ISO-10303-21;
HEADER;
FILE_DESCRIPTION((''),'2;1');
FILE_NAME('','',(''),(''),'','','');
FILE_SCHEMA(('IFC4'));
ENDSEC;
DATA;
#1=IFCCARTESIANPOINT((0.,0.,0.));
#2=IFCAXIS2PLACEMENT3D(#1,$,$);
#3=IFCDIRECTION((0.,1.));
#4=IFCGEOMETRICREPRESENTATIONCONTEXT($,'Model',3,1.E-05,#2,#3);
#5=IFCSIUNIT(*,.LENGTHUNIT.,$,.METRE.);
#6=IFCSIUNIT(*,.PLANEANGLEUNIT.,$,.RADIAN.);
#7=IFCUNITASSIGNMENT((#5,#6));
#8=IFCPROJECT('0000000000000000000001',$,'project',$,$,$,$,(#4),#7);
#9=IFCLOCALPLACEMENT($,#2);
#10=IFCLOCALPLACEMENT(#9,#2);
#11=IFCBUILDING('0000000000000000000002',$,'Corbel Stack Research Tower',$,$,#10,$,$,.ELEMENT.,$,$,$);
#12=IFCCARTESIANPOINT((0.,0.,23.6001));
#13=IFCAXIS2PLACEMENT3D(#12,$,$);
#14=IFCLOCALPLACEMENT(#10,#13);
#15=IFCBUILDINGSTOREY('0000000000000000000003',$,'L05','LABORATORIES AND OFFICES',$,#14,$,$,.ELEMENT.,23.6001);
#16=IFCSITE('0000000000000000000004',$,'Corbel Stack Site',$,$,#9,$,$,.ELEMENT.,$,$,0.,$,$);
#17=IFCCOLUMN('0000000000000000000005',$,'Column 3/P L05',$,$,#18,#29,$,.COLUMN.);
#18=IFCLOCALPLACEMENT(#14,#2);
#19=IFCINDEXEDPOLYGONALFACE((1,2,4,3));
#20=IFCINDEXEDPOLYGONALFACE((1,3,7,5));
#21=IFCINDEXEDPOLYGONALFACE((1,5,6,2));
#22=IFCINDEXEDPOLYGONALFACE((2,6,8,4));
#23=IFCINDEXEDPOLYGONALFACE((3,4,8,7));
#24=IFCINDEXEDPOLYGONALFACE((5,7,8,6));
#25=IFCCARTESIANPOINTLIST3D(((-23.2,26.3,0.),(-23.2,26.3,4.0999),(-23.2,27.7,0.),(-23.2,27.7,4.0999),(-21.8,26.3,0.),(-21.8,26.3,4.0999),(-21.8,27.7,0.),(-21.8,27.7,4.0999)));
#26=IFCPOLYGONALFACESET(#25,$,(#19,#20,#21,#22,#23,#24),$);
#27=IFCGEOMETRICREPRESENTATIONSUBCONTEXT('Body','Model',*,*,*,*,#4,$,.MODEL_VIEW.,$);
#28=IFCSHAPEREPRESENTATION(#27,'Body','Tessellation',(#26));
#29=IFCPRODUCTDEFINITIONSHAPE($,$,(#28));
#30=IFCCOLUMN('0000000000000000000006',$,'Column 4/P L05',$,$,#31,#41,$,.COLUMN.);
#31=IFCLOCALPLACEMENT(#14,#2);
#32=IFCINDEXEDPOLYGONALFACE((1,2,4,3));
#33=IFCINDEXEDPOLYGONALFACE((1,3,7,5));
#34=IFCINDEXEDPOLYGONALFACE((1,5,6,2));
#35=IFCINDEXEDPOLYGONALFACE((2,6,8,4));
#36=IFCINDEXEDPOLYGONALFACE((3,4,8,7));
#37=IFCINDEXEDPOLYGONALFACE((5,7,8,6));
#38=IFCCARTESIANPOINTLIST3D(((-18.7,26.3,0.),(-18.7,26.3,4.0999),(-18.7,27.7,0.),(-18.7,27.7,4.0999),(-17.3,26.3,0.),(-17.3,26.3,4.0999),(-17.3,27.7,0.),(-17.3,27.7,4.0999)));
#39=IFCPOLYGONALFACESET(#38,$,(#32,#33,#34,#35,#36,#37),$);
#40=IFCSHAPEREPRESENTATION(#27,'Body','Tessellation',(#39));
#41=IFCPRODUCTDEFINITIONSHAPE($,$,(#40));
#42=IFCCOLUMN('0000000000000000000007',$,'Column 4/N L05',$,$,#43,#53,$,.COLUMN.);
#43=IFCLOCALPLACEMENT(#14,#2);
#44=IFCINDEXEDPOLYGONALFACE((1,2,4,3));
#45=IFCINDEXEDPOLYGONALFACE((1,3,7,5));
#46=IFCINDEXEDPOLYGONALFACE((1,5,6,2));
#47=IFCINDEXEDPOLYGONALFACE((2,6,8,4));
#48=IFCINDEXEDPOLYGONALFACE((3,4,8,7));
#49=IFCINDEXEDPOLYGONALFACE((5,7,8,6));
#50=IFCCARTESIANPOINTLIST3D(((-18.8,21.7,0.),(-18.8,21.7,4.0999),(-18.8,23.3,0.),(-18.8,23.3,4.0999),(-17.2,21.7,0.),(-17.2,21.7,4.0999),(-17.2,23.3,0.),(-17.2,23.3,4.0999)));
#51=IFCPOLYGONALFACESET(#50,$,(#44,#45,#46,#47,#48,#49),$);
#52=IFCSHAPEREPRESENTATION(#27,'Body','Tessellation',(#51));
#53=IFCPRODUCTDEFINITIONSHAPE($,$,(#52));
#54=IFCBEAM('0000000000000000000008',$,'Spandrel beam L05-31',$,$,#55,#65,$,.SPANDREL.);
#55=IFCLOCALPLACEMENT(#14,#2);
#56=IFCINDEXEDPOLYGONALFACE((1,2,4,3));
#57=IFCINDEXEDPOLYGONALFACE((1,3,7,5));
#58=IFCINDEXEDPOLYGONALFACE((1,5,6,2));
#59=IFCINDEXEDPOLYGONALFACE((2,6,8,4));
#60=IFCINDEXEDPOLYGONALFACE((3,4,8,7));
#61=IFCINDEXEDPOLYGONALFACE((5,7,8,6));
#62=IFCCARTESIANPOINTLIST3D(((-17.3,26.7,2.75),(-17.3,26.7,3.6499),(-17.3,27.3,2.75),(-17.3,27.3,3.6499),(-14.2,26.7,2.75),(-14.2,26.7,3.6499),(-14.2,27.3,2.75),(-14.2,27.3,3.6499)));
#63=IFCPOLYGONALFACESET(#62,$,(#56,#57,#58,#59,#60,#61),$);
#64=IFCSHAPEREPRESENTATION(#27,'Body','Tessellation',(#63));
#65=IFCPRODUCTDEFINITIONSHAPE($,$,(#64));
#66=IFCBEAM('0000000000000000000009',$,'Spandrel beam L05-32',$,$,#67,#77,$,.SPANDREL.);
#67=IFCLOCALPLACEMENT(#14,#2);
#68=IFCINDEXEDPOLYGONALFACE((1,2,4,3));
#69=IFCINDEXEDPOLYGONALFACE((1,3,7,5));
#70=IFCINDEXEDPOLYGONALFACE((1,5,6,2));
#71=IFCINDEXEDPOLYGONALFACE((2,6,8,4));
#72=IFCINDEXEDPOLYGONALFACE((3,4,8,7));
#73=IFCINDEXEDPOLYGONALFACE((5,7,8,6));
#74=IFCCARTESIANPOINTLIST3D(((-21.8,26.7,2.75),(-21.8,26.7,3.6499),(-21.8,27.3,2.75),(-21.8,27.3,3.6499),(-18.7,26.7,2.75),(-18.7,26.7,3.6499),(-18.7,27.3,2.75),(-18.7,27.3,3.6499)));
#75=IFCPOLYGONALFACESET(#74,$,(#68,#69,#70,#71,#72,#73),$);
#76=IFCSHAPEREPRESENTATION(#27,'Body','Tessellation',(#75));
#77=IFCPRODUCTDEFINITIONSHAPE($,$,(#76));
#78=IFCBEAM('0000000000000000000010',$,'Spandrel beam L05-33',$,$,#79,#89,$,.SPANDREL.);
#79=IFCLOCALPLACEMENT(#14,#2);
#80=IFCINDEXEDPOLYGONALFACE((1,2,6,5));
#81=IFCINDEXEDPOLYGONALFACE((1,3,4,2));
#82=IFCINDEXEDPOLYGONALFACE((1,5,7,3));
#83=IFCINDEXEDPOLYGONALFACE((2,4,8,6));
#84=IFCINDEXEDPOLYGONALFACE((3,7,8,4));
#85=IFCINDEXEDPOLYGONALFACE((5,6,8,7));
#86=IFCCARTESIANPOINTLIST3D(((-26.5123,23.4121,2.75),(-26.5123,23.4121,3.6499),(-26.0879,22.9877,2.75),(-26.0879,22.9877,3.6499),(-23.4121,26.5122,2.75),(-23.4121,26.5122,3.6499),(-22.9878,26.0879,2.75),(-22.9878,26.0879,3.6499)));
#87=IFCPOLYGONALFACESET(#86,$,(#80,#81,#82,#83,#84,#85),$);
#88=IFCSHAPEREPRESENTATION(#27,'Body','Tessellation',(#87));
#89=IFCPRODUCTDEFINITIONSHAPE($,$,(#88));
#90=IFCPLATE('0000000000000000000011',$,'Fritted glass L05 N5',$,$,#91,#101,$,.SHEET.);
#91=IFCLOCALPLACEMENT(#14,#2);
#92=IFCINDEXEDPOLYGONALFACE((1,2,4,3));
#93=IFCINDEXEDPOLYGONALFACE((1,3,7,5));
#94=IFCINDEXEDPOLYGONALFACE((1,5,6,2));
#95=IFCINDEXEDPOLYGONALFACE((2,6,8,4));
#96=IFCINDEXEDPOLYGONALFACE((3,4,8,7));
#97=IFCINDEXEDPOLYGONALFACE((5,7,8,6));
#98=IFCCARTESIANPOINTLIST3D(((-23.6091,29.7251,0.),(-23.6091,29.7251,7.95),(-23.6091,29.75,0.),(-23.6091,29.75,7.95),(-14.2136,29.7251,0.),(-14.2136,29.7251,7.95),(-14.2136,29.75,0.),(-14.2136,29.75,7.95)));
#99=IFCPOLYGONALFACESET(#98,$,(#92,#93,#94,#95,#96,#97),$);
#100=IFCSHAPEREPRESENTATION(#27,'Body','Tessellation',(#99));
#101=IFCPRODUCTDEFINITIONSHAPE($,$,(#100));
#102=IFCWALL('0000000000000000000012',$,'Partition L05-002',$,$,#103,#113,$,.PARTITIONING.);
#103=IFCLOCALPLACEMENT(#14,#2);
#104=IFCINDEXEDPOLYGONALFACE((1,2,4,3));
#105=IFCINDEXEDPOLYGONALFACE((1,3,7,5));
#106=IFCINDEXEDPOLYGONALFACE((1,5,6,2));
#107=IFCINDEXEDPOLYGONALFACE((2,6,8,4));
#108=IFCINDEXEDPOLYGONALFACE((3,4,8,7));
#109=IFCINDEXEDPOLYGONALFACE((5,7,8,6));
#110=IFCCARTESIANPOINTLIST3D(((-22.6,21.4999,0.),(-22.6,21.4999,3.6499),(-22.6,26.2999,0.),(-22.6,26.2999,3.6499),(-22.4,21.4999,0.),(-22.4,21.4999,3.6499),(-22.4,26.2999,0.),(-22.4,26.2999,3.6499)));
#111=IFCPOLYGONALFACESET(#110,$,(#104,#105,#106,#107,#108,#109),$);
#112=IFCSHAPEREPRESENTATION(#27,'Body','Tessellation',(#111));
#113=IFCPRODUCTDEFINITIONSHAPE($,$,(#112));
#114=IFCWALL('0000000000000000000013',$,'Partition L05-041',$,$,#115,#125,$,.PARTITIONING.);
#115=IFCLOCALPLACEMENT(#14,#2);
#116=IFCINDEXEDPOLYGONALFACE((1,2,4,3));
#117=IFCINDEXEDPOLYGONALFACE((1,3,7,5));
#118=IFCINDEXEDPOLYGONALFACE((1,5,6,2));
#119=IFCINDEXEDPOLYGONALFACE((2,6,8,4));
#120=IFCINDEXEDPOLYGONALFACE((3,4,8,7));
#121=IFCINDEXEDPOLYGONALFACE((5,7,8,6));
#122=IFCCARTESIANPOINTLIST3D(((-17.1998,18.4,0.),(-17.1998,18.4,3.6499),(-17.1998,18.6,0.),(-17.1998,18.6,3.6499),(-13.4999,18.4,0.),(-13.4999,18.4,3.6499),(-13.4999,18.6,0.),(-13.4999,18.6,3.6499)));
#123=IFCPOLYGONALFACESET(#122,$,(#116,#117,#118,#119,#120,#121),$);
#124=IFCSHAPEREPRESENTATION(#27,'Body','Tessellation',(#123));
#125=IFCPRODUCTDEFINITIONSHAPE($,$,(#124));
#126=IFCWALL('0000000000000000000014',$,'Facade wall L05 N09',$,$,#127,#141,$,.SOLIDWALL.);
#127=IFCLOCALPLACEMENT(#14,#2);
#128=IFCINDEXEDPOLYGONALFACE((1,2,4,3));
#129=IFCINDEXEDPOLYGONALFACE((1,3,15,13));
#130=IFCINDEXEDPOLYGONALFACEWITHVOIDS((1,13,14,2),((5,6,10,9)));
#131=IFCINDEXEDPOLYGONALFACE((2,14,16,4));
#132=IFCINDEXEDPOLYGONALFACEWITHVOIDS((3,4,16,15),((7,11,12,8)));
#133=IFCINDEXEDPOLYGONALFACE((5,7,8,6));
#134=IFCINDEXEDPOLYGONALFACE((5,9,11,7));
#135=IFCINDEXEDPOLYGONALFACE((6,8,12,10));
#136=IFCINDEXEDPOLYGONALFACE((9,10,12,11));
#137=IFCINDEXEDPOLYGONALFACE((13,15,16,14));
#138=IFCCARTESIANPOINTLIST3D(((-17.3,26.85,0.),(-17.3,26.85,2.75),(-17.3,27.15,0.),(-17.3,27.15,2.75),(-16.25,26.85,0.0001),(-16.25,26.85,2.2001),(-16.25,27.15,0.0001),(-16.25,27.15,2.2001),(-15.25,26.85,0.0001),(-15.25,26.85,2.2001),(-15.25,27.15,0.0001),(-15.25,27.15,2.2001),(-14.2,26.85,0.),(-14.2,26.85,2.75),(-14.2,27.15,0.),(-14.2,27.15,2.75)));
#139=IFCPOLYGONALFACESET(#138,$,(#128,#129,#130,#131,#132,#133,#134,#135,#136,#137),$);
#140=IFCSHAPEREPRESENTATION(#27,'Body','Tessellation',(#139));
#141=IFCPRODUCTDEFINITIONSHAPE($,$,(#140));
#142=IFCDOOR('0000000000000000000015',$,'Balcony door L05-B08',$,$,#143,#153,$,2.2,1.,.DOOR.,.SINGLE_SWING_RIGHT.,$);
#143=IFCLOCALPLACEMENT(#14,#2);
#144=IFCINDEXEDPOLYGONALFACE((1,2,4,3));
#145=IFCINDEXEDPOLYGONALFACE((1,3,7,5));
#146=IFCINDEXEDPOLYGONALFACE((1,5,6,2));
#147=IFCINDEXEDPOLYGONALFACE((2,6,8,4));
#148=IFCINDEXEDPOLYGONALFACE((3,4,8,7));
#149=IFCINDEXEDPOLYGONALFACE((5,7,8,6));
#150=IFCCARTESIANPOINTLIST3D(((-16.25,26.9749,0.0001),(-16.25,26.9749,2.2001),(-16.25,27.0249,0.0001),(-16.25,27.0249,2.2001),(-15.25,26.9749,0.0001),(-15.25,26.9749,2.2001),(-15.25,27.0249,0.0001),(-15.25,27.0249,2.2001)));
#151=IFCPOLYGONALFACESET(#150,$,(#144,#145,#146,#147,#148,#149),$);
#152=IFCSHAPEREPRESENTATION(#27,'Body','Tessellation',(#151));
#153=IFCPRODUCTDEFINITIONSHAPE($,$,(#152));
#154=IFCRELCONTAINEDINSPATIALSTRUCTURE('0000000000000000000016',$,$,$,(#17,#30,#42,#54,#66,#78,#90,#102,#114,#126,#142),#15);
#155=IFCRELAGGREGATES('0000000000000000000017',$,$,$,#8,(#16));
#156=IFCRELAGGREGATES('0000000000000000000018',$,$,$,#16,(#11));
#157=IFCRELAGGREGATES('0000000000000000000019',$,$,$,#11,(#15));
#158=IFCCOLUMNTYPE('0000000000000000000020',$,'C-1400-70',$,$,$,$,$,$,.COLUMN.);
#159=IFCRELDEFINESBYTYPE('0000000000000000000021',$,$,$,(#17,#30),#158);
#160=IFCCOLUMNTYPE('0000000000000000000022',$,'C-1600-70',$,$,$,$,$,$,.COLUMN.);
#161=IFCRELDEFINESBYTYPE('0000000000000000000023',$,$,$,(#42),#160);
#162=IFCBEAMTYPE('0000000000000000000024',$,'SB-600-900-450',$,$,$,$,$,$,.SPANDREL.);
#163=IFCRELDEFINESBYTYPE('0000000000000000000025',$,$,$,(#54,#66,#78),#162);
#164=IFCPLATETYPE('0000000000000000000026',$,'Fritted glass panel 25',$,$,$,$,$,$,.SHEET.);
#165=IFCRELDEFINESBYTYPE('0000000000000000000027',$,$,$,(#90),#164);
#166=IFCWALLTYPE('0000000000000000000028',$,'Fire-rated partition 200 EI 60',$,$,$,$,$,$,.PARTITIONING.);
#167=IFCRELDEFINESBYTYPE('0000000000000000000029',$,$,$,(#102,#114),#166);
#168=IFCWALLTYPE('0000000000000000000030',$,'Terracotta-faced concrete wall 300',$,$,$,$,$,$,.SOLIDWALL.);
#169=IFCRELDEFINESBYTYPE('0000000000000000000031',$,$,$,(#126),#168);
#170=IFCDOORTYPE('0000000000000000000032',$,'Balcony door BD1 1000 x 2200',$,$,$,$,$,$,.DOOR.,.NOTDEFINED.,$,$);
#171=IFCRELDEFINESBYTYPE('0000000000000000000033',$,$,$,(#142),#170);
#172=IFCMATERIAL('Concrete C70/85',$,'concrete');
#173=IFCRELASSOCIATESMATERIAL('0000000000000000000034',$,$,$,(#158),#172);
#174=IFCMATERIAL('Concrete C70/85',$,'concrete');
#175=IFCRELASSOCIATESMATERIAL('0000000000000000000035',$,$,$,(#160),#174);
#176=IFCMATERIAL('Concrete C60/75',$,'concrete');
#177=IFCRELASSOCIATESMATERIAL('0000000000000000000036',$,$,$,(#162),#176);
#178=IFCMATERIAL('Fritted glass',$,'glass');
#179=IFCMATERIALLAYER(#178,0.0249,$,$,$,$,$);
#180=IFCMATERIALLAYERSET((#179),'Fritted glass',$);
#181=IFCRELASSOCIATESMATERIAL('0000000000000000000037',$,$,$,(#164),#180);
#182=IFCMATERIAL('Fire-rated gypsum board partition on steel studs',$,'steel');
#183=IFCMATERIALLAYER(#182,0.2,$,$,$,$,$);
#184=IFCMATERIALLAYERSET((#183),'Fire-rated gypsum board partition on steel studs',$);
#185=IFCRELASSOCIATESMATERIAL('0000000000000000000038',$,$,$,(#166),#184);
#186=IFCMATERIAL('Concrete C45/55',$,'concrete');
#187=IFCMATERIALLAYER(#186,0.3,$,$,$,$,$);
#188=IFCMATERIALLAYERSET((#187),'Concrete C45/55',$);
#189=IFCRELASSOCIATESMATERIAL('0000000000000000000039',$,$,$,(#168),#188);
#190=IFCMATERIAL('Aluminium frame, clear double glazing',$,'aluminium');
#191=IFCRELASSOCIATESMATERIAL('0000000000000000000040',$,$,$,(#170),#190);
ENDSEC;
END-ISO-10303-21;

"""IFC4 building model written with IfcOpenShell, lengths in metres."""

from ifc_helpers import new_model, si_unit, direction, frame, frame_2d, origin, origin_2d, place, context, subcontext, project, spatial, rectangle, extrude, material, layer, layer_set, material_profile, profile_set, type_object, element, fill, save


model = new_model("IFC4")

# Units and contexts
model_context = context("Model", 3, precision=1e-05, world=origin(), true_north=direction((0.0, 1.0)))
body_context = subcontext(model_context, "Body", "Model", "MODEL_VIEW")
ifc_project = project(units=[si_unit("LENGTHUNIT", "METRE"), si_unit("PLANEANGLEUNIT", "RADIAN")], contexts=[model_context])

# Site, building, storey
site_placement = place(None, origin())
site = spatial("IfcSite", under=ifc_project, at=site_placement, Name="Corbel Stack Site", CompositionType="ELEMENT", RefElevation=0.0)
building_placement = place(site_placement, origin())
building = spatial("IfcBuilding", under=site, at=building_placement, Name="Corbel Stack Research Tower", CompositionType="ELEMENT")
storey_placement = place(building_placement, frame((0.0, 0.0, 23.6001)))
storey = spatial("IfcBuildingStorey", under=building, at=storey_placement, Name="L05", Description="LABORATORIES AND OFFICES", CompositionType="ELEMENT", Elevation=23.6001)

# Columns
ifc_material_1 = material(Name="Concrete C70/85", Category="concrete")
ifc_material_profile_1 = material_profile(ifc_material_1, rectangle(XDim=1.3999, YDim=1.3999, at=origin_2d()), Name="RC 1400 x 1400")
ifc_profile_set_1 = profile_set([ifc_material_profile_1], Name="Concrete C70/85")
column_type_1 = type_object("IfcColumnType", Name="C-1400-70", PredefinedType="COLUMN", material=ifc_profile_set_1)
for number, where, z_axis, x_axis, name in (
    (1, (-22.5, 27.0, 0.0), (0.0, 0.0, 1.0), (1.0, 0.0, 0.0), "Column 3/P L05"),
    (2, (-18.0, 27.0, 0.0), (0.0, 0.0, 1.0), (1.0, 0.0, 0.0), "Column 4/P L05"),
):
    element("IfcColumn", number, at=place(storey_placement, frame(where, z_axis=z_axis, x_axis=x_axis)), inside=storey, type_object=column_type_1, Name=name, PredefinedType="COLUMN", context=body_context, shape_type="SweptSolid", body=[
        extrude(rectangle(XDim=1.3999, YDim=1.3999, at=origin_2d()), origin(), (0.0, 0.0, 1.0), 4.0999),
    ])
ifc_material_2 = material(Name="Concrete C70/85", Category="concrete")
ifc_material_profile_2 = material_profile(ifc_material_2, rectangle(XDim=1.6001, YDim=1.6001, at=origin_2d()), Name="RC 1600 x 1600")
ifc_profile_set_2 = profile_set([ifc_material_profile_2], Name="Concrete C70/85")
column_type_2 = type_object("IfcColumnType", Name="C-1600-70", PredefinedType="COLUMN", material=ifc_profile_set_2)
column_placement = place(storey_placement, frame((-18.0, 22.5, 0.0), z_axis=(0.0, 0.0, 1.0), x_axis=(1.0, 0.0, 0.0)))
element("IfcColumn", 3, at=column_placement, inside=storey, type_object=column_type_2, Name="Column 4/N L05", PredefinedType="COLUMN", context=body_context, shape_type="SweptSolid", body=[
    extrude(rectangle(XDim=1.6001, YDim=1.6001, at=origin_2d()), origin(), (0.0, 0.0, 1.0), 4.0999),
])

# Beams
ifc_material_3 = material(Name="Concrete C60/75", Category="concrete")
ifc_material_profile_3 = material_profile(ifc_material_3, rectangle(XDim=0.6001, YDim=0.8999, at=origin_2d()), Name="RC 600 x 900")
ifc_profile_set_3 = profile_set([ifc_material_profile_3], Name="Concrete C60/75")
beam_type = type_object("IfcBeamType", Name="SB-600-900-450", PredefinedType="SPANDREL", material=ifc_profile_set_3)
for number, where, z_axis, x_axis, name in (
    (4, (-14.2, 27.0, 3.2), (-1.0, 0.0, 0.0), (0.0, -1.0, 0.0), "Spandrel beam L05-31"),
    (5, (-18.7, 27.0, 3.2), (-1.0, 0.0, 0.0), (0.0, -1.0, 0.0), "Spandrel beam L05-32"),
):
    element("IfcBeam", number, at=place(storey_placement, frame(where, z_axis=z_axis, x_axis=x_axis)), inside=storey, type_object=beam_type, Name=name, PredefinedType="SPANDREL", context=body_context, shape_type="SweptSolid", body=[
        extrude(rectangle(XDim=0.6001, YDim=0.8999, at=origin_2d()), origin(), (0.0, 0.0, 1.0), 3.1001),
    ])
beam_placement = place(storey_placement, frame((-23.2, 26.3, 3.2), z_axis=(-0.707107, -0.707107, 0.0), x_axis=(0.707107, -0.707107, 0.0)))
element("IfcBeam", 6, at=beam_placement, inside=storey, type_object=beam_type, Name="Spandrel beam L05-33", PredefinedType="SPANDREL", context=body_context, shape_type="SweptSolid", body=[
    extrude(rectangle(XDim=0.6001, YDim=0.8999, at=origin_2d()), origin(), (0.0, 0.0, 1.0), 4.3843),
])

# Plate
ifc_material_4 = material(Name="Fritted glass", Category="glass")
ifc_layer_1 = layer(ifc_material_4, 0.0249)
ifc_layer_set_1 = layer_set([ifc_layer_1], Name="Fritted glass")
plate_type = type_object("IfcPlateType", Name="Fritted glass panel 25", PredefinedType="SHEET", material=ifc_layer_set_1)
plate_placement = place(storey_placement, frame((-18.9114, 29.7375, 0.0), z_axis=(0.0, 0.0, 1.0), x_axis=(-1.0, 0.0, 0.0)))
element("IfcPlate", 7, at=plate_placement, inside=storey, type_object=plate_type, Name="Fritted glass L05 N5", PredefinedType="SHEET", context=body_context, shape_type="SweptSolid", body=[
    extrude(rectangle(XDim=9.3955, YDim=0.0249, at=origin_2d()), origin(), (0.0, 0.0, 1.0), 7.95),
])

# Walls
ifc_material_5 = material(Name="Fire-rated gypsum board partition on steel studs", Category="steel")
ifc_layer_2 = layer(ifc_material_5, 0.2)
ifc_layer_set_2 = layer_set([ifc_layer_2], Name="Fire-rated gypsum board partition on steel studs")
wall_type_1 = type_object("IfcWallType", Name="Fire-rated partition 200 EI 60", PredefinedType="PARTITIONING", material=ifc_layer_set_2)
wall_1_placement = place(storey_placement, frame((-22.5, 21.5, 0.0), z_axis=(0.0, 0.0, 1.0), x_axis=(0.0, 1.0, 0.0)))
element("IfcWall", 8, at=wall_1_placement, inside=storey, type_object=wall_type_1, Name="Partition L05-002", PredefinedType="PARTITIONING", context=body_context, shape_type="SweptSolid", body=[
    extrude(rectangle(XDim=4.8, YDim=0.2, at=frame_2d((2.3999, 0.0))), origin(), (0.0, 0.0, 1.0), 3.6499),
])
wall_2_placement = place(storey_placement, frame((-17.2, 18.5, 0.0), z_axis=(0.0, 0.0, 1.0), x_axis=(1.0, 0.0, 0.0)))
element("IfcWall", 9, at=wall_2_placement, inside=storey, type_object=wall_type_1, Name="Partition L05-041", PredefinedType="PARTITIONING", context=body_context, shape_type="SweptSolid", body=[
    extrude(rectangle(XDim=3.7, YDim=0.2, at=frame_2d((1.8501, 0.0))), origin(), (0.0, 0.0, 1.0), 3.6499),
])

# Wall, opening, door
ifc_material_6 = material(Name="Concrete C45/55", Category="concrete")
ifc_layer_3 = layer(ifc_material_6, 0.3)
ifc_layer_set_3 = layer_set([ifc_layer_3], Name="Concrete C45/55")
wall_type_2 = type_object("IfcWallType", Name="Terracotta-faced concrete wall 300", PredefinedType="SOLIDWALL", material=ifc_layer_set_3)
wall_3_placement = place(storey_placement, frame((-17.3, 27.0, 0.0), z_axis=(0.0, 0.0, 1.0), x_axis=(1.0, 0.0, 0.0)))
wall_3 = element("IfcWall", 10, at=wall_3_placement, inside=storey, type_object=wall_type_2, Name="Facade wall L05 N09", PredefinedType="SOLIDWALL", context=body_context, shape_type="SweptSolid", body=[
    extrude(rectangle(XDim=3.1001, YDim=0.3, at=frame_2d((1.55, 0.0))), origin(), (0.0, 0.0, 1.0), 2.75),
])
opening_1_placement = place(wall_3_placement, frame((1.05, 0.0, 0.0)))
opening_1 = element("IfcOpeningElement", 11, at=opening_1_placement, cuts=wall_3, PredefinedType="OPENING", context=body_context, shape_type="SweptSolid", body=[
    extrude(rectangle(XDim=1.0, YDim=2.2, at=frame_2d((0.5, 1.1001))), frame((0.0, 0.1599, 0.0), z_axis=(0.0, -1.0, 0.0), x_axis=(1.0, 0.0, 0.0)), (0.0, 0.0, 1.0), 0.3201),
])
ifc_material_7 = material(Name="Aluminium frame, clear double glazing", Category="aluminium")
door_type = type_object("IfcDoorType", Name="Balcony door BD1 1000 x 2200", OperationType="NOTDEFINED", PredefinedType="DOOR", material=ifc_material_7)
door_placement = place(opening_1_placement, origin())
door = element("IfcDoor", 12, at=door_placement, inside=storey, type_object=door_type, Name="Balcony door L05-B08", OperationType="SINGLE_SWING_RIGHT", OverallHeight=2.2, OverallWidth=1.0, PredefinedType="DOOR", context=body_context, shape_type="SweptSolid", body=[
    extrude(rectangle(XDim=1.0, YDim=2.2, at=frame_2d((0.5, 1.1001))), frame((0.0, 0.0249, 0.0), z_axis=(0.0, -1.0, 0.0), x_axis=(1.0, 0.0, 0.0)), (0.0, 0.0, 1.0), 0.05),
])
fill(opening_1, door)

save(model, "model.ifc")
